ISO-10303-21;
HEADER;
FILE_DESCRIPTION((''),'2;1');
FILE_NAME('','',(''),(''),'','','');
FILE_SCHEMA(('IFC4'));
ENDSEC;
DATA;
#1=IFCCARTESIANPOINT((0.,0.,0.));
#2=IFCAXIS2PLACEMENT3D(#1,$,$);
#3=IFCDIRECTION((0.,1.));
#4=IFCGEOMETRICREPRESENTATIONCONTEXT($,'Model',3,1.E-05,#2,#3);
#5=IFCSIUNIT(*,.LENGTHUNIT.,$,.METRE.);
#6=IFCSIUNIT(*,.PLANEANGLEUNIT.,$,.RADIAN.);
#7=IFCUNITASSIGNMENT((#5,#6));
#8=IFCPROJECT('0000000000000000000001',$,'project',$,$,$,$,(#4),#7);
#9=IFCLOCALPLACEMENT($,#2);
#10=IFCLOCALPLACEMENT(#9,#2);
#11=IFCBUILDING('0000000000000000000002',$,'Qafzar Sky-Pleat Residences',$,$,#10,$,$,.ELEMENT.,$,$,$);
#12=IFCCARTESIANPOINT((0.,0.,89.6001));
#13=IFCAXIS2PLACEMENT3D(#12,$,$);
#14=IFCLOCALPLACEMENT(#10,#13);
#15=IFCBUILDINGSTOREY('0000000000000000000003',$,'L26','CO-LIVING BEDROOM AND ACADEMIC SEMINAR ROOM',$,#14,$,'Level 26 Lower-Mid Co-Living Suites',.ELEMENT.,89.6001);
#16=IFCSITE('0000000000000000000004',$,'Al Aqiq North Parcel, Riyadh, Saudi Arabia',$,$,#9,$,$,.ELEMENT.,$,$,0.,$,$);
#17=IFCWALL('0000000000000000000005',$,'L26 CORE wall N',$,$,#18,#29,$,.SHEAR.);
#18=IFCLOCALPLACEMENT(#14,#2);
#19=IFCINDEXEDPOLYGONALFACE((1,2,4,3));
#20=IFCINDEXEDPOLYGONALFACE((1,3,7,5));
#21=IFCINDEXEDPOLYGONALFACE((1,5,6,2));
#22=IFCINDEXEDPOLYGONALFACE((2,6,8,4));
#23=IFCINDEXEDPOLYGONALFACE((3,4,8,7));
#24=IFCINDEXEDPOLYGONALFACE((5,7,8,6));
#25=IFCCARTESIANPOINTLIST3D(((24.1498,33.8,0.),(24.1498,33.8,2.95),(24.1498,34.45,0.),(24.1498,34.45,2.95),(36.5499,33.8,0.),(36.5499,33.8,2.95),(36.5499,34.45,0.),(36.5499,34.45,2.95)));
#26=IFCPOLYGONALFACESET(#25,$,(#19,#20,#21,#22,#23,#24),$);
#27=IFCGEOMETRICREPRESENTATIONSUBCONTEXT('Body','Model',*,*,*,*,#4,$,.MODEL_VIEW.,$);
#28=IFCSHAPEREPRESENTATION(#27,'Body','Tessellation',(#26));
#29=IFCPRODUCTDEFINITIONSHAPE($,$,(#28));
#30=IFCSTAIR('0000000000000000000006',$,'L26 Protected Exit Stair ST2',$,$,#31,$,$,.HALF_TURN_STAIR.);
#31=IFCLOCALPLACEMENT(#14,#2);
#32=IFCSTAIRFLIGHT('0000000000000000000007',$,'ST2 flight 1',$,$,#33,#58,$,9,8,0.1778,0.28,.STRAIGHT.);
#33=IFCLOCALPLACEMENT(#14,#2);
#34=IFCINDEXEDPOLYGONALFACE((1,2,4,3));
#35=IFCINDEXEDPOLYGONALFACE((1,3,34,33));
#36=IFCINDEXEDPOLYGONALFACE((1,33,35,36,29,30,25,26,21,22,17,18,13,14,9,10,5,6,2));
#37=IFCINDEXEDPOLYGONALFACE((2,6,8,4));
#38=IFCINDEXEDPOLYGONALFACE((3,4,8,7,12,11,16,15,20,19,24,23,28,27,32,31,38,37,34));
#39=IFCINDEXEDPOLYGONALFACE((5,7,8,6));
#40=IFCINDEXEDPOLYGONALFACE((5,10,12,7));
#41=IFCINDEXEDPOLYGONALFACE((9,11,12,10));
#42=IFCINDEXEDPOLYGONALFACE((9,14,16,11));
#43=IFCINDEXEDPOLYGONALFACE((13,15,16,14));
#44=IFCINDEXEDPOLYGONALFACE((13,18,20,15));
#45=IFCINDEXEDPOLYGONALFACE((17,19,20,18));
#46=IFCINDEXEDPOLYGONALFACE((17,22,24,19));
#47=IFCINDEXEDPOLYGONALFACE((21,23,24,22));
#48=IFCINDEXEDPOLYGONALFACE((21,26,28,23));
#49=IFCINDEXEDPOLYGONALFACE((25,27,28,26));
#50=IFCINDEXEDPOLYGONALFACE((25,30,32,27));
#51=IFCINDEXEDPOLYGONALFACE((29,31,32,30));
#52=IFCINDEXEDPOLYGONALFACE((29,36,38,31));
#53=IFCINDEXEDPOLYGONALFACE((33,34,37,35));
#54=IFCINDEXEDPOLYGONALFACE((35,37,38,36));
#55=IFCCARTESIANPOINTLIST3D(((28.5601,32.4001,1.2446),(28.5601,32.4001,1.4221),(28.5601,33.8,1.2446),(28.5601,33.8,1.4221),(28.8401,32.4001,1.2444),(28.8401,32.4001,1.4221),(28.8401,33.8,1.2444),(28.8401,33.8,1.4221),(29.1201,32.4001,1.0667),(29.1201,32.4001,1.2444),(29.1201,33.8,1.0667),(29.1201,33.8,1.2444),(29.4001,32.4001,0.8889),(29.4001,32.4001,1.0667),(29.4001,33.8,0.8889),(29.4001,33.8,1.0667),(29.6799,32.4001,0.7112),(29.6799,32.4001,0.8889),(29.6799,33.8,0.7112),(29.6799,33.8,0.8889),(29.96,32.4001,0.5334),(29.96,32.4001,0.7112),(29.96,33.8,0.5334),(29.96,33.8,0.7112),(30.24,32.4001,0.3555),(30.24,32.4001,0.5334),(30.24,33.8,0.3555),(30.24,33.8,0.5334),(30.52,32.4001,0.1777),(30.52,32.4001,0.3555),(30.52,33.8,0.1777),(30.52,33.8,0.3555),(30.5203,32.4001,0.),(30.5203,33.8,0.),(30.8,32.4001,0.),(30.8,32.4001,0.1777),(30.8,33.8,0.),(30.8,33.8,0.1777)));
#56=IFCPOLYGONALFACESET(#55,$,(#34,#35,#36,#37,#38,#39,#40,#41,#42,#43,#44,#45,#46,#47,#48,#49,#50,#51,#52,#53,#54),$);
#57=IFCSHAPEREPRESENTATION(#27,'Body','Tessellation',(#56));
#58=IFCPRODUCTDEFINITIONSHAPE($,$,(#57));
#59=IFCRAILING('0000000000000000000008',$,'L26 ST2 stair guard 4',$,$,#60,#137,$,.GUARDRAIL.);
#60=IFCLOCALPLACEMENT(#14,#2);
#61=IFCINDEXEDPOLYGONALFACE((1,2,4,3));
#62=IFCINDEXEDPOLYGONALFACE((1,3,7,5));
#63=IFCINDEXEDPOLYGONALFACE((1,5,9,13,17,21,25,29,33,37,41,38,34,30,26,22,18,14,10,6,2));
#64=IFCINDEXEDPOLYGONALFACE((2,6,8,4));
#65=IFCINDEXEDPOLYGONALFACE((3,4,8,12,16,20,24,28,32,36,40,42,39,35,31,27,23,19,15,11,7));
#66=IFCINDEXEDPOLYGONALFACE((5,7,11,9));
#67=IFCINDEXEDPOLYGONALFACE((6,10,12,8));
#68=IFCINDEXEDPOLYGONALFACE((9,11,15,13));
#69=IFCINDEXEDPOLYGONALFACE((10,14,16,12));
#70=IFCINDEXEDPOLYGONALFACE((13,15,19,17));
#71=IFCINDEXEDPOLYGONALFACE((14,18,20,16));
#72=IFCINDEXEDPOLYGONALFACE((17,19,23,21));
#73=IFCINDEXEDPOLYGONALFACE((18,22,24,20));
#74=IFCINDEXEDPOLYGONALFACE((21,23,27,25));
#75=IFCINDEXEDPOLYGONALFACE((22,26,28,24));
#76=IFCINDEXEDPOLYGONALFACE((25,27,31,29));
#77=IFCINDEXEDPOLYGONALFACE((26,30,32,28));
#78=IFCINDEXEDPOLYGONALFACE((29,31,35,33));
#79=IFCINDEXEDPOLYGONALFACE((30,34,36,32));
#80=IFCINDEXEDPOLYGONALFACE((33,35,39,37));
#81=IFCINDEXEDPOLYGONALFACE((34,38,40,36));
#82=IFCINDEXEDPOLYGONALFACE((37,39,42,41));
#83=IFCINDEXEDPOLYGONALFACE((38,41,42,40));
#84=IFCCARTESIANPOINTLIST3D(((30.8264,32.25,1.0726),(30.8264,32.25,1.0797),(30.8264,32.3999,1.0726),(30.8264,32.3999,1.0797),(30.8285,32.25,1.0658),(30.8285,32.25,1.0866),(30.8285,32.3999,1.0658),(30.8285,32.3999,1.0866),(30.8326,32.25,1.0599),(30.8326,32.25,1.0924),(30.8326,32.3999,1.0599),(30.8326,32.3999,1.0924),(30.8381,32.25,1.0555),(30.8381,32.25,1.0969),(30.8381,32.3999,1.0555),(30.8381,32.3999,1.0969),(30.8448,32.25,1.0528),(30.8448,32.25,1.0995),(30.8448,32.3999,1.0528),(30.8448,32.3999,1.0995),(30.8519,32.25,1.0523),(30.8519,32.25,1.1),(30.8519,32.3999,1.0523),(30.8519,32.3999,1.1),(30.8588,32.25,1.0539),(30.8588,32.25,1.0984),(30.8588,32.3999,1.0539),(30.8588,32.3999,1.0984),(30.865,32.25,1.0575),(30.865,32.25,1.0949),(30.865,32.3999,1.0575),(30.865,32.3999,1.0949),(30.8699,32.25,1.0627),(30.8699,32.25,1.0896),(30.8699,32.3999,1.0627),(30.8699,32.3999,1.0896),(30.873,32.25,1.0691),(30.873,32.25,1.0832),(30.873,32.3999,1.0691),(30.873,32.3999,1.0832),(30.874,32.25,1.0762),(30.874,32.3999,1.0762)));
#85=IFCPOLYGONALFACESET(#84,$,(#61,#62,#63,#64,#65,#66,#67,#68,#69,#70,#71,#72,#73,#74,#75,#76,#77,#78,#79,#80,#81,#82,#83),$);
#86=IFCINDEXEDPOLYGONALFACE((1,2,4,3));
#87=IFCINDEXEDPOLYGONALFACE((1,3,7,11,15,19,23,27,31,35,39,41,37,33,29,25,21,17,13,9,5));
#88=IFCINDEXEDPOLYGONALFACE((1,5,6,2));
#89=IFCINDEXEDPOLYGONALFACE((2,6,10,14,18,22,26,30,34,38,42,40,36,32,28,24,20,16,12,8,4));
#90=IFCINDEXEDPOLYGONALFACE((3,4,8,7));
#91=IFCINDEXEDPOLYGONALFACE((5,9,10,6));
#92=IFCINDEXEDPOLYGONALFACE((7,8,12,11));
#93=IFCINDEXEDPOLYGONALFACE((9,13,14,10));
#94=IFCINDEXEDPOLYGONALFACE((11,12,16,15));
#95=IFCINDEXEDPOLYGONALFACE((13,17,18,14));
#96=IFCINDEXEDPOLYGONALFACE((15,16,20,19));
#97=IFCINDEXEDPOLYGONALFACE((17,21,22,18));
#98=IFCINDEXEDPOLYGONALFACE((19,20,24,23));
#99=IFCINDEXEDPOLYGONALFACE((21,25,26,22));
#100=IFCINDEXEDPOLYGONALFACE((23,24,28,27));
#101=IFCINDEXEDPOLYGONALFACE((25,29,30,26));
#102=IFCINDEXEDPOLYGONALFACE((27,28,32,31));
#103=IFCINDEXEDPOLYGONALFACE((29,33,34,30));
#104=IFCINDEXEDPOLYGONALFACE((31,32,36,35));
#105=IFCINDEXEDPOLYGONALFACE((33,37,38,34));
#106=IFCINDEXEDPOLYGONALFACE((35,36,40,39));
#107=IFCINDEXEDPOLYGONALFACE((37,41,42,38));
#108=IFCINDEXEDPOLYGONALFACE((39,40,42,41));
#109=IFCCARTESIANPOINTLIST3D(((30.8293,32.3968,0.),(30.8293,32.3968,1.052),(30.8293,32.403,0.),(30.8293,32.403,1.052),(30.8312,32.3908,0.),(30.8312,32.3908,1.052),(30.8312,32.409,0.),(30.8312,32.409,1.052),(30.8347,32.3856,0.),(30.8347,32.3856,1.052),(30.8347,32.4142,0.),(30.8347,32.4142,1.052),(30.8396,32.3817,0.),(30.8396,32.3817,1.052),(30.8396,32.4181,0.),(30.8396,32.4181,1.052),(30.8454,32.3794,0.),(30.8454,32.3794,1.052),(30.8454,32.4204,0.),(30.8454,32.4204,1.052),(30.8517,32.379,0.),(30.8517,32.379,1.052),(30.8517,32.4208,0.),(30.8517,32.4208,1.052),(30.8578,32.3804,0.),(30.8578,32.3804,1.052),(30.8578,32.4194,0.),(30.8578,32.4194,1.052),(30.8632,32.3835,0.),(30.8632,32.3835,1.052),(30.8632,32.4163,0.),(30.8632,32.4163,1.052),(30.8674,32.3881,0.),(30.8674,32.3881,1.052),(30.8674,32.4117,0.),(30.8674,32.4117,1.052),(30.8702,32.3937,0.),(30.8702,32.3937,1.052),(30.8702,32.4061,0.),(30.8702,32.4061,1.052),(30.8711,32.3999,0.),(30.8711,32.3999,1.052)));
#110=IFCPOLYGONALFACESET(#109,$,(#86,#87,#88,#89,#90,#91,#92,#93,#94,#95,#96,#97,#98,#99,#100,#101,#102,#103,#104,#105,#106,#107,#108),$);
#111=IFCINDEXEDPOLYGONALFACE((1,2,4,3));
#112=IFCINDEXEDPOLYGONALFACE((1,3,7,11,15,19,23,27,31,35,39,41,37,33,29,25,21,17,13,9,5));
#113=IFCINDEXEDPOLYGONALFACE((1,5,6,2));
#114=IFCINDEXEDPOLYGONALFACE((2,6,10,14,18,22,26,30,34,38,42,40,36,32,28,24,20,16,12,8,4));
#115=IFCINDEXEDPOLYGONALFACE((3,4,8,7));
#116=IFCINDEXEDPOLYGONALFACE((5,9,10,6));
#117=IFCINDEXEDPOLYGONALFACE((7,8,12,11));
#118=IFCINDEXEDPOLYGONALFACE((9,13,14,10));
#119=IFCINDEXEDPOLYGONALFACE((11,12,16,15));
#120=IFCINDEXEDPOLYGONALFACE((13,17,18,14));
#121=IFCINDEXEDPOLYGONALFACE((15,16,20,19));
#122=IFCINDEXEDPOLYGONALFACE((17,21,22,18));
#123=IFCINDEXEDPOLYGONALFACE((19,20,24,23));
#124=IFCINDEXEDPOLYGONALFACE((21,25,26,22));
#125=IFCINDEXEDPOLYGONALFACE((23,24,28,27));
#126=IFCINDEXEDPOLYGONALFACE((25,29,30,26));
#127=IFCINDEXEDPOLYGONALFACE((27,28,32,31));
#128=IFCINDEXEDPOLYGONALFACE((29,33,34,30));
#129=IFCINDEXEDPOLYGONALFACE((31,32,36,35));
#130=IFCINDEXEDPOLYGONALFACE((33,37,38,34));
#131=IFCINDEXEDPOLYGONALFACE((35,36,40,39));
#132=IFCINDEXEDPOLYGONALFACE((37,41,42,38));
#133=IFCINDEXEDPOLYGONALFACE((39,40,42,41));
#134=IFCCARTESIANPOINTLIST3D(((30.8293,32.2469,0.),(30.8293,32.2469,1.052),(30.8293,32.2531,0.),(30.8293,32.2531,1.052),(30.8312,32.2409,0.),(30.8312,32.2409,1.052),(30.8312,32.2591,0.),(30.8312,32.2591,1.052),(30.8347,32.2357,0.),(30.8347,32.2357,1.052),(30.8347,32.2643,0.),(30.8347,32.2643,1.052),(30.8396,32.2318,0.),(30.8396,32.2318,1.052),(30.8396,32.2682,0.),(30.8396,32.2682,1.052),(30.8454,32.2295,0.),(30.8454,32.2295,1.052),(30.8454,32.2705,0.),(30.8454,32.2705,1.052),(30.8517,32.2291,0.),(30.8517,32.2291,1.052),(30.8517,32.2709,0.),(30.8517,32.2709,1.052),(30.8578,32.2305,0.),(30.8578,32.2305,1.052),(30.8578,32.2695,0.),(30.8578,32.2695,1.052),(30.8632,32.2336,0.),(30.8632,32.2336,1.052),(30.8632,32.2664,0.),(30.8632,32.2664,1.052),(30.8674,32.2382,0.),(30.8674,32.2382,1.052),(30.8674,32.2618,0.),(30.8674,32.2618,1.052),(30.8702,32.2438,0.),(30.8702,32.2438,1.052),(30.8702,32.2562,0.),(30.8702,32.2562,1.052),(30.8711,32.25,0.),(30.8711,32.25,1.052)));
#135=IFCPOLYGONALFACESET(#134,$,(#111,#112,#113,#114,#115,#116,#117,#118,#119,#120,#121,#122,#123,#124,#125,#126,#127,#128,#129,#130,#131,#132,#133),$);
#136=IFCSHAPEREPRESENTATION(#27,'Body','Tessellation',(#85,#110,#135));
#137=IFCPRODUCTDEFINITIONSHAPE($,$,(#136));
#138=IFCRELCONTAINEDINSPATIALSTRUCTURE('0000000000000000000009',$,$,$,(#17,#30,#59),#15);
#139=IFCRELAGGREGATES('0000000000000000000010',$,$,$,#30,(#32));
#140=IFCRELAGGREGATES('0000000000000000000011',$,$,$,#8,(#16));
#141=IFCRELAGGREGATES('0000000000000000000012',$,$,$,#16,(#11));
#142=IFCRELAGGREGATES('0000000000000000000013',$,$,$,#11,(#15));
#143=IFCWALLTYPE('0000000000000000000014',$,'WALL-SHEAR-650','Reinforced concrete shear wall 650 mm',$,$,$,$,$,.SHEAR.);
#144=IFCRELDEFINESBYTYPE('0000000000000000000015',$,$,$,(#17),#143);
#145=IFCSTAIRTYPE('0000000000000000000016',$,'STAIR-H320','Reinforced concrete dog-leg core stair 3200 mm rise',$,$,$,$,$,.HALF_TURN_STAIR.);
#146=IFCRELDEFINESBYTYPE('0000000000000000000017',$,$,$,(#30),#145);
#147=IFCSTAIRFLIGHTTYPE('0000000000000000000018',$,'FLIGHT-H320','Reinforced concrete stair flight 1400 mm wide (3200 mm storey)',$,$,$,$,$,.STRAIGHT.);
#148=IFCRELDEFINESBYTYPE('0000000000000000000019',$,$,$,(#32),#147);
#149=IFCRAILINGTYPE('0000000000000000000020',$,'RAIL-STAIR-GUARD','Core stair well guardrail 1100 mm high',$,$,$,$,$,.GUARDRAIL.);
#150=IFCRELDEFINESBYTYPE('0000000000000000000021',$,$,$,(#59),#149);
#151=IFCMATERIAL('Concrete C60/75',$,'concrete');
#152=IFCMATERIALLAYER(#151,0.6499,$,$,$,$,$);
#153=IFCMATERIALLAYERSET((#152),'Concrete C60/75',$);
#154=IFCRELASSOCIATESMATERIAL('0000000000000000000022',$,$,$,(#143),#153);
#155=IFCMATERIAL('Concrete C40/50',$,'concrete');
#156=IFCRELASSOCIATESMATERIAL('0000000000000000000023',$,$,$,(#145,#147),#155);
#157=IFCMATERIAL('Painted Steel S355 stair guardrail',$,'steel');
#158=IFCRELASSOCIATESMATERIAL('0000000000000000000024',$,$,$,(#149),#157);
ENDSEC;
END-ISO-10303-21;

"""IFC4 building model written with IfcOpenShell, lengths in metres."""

from ifc_helpers import new_model, si_unit, direction, frame, frame_2d, origin, origin_2d, place, context, subcontext, project, spatial, polyline, rectangle, circle, outline, extrude, source, transform, mapped, material, layer, layer_set, type_object, element, aggregate, save


model = new_model("IFC4")

# Units and contexts
model_context = context("Model", 3, precision=1e-05, world=origin(), true_north=direction((0.0, 1.0)))
body_context = subcontext(model_context, "Body", "Model", "MODEL_VIEW")
ifc_project = project(units=[si_unit("LENGTHUNIT", "METRE"), si_unit("PLANEANGLEUNIT", "RADIAN")], contexts=[model_context])

# Site, building, storey
site_placement = place(None, origin())
site = spatial("IfcSite", under=ifc_project, at=site_placement, Name="Al Aqiq North Parcel, Riyadh, Saudi Arabia", CompositionType="ELEMENT", RefElevation=0.0)
building_placement = place(site_placement, origin())
building = spatial("IfcBuilding", under=site, at=building_placement, Name="Qafzar Sky-Pleat Residences", CompositionType="ELEMENT")
storey_placement = place(building_placement, frame((0.0, 0.0, 89.6001)))
storey = spatial("IfcBuildingStorey", under=building, at=storey_placement, Name="L26", Description="CO-LIVING BEDROOM AND ACADEMIC SEMINAR ROOM", LongName="Level 26 Lower-Mid Co-Living Suites", CompositionType="ELEMENT", Elevation=89.6001)

# Wall
ifc_material_1 = material(Name="Concrete C60/75", Category="concrete")
ifc_layer_1 = layer(ifc_material_1, 0.6499)
ifc_layer_set_1 = layer_set([ifc_layer_1], Name="Concrete C60/75")
wall_type_1 = type_object("IfcWallType", Name="WALL-SHEAR-650", Description="Reinforced concrete shear wall 650 mm", PredefinedType="SHEAR", material=ifc_layer_set_1)
wall_1_placement = place(storey_placement, frame((36.55, 34.125, 0.0), z_axis=(0.0, 0.0, 1.0), x_axis=(-1.0, 0.0, 0.0)))
element("IfcWall", 1, at=wall_1_placement, inside=storey, type_object=wall_type_1, Name="L26 CORE wall N", PredefinedType="SHEAR", context=body_context, shape_type="SweptSolid", body=[
    extrude(rectangle(XDim=12.4001, YDim=0.6499, at=frame_2d((6.2002, 0.0))), origin(), (0.0, 0.0, 1.0), 2.95),
])

# Stair, stair flight
ifc_material_2 = material(Name="Concrete C40/50", Category="concrete")
stair_type = type_object("IfcStairType", Name="STAIR-H320", Description="Reinforced concrete dog-leg core stair 3200 mm rise", PredefinedType="HALF_TURN_STAIR", material=ifc_material_2)
stair_placement = place(storey_placement, origin())
stair = element("IfcStair", 2, at=stair_placement, inside=storey, type_object=stair_type, Name="L26 Protected Exit Stair ST2", PredefinedType="HALF_TURN_STAIR")
stair_flight_type = type_object("IfcStairFlightType", Name="FLIGHT-H320", Description="Reinforced concrete stair flight 1400 mm wide (3200 mm storey)", PredefinedType="STRAIGHT", material=ifc_material_2)
shared_shape_1 = source(origin(), body_context, "Body", "SweptSolid", [
    extrude(outline(polyline([(0.0, 0.0), (0.0, 0.1777), (0.28, 0.1777), (0.28, 0.3555), (0.5601, 0.3555), (0.5601, 0.5334), (0.8401, 0.5334), (0.8401, 0.7112), (1.1201, 0.7112), (1.1201, 0.8889), (1.3999, 0.8889), (1.3999, 1.0667), (1.6799, 1.0667), (1.6799, 1.2444), (1.96, 1.2444), (1.96, 1.4221), (2.24, 1.4221), (2.24, 1.6001), (2.24, 1.2446), (0.2798, 0.0), (0.0, 0.0)])), frame((0.0, 0.7, 0.0), z_axis=(0.0, -1.0, 0.0), x_axis=(1.0, 0.0, 0.0)), (0.0, 0.0, 1.0), 1.3999),
])
stair_flight_placement = place(storey_placement, frame((30.8, 33.1001, 0.0), z_axis=(0.0, 0.0, 1.0), x_axis=(-1.0, 0.0, 0.0)))
stair_flight = element("IfcStairFlight", 3, at=stair_flight_placement, type_object=stair_flight_type, Name="ST2 flight 1", NumberOfRisers=9, NumberOfTreads=8, PredefinedType="STRAIGHT", RiserHeight=0.1778, TreadLength=0.28, context=body_context, shape_type="MappedRepresentation", body=[
    mapped(shared_shape_1, transform((0.0, 0.0, 0.0), x_axis=(1.0, 0.0, 0.0), y_axis=(0.0, 1.0, 0.0), z_axis=(0.0, 0.0, 1.0), scale=1.0)),
])
aggregate(stair, [stair_flight])

# Railing
ifc_material_3 = material(Name="Painted Steel S355 stair guardrail", Category="steel")
railing_type_1 = type_object("IfcRailingType", Name="RAIL-STAIR-GUARD", Description="Core stair well guardrail 1100 mm high", PredefinedType="GUARDRAIL", material=ifc_material_3)
shared_shape_2 = source(origin(), body_context, "Body", "SweptSolid", [
    extrude(circle(Radius=0.0239, at=origin_2d()), frame((0.0, 0.0, 1.0762), z_axis=(0.0, -1.0, 0.0), x_axis=(1.0, 0.0, 0.0)), (0.0, 0.0, 1.0), 0.1499),
    extrude(circle(Radius=0.021, at=origin_2d()), origin(), (0.0, 0.0, 1.0), 1.052),
    extrude(circle(Radius=0.021, at=origin_2d()), frame((0.0, -0.1499, 0.0)), (0.0, 0.0, 1.0), 1.052),
])
railing_1_placement = place(storey_placement, frame((30.8501, 32.3999, 0.0)))
element("IfcRailing", 4, at=railing_1_placement, inside=storey, type_object=railing_type_1, Name="L26 ST2 stair guard 4", PredefinedType="GUARDRAIL", context=body_context, shape_type="MappedRepresentation", body=[
    mapped(shared_shape_2, transform((0.0, 0.0, 0.0), x_axis=(1.0, 0.0, 0.0), y_axis=(0.0, 1.0, 0.0), z_axis=(0.0, 0.0, 1.0), scale=1.0)),
])

save(model, "model.ifc")
